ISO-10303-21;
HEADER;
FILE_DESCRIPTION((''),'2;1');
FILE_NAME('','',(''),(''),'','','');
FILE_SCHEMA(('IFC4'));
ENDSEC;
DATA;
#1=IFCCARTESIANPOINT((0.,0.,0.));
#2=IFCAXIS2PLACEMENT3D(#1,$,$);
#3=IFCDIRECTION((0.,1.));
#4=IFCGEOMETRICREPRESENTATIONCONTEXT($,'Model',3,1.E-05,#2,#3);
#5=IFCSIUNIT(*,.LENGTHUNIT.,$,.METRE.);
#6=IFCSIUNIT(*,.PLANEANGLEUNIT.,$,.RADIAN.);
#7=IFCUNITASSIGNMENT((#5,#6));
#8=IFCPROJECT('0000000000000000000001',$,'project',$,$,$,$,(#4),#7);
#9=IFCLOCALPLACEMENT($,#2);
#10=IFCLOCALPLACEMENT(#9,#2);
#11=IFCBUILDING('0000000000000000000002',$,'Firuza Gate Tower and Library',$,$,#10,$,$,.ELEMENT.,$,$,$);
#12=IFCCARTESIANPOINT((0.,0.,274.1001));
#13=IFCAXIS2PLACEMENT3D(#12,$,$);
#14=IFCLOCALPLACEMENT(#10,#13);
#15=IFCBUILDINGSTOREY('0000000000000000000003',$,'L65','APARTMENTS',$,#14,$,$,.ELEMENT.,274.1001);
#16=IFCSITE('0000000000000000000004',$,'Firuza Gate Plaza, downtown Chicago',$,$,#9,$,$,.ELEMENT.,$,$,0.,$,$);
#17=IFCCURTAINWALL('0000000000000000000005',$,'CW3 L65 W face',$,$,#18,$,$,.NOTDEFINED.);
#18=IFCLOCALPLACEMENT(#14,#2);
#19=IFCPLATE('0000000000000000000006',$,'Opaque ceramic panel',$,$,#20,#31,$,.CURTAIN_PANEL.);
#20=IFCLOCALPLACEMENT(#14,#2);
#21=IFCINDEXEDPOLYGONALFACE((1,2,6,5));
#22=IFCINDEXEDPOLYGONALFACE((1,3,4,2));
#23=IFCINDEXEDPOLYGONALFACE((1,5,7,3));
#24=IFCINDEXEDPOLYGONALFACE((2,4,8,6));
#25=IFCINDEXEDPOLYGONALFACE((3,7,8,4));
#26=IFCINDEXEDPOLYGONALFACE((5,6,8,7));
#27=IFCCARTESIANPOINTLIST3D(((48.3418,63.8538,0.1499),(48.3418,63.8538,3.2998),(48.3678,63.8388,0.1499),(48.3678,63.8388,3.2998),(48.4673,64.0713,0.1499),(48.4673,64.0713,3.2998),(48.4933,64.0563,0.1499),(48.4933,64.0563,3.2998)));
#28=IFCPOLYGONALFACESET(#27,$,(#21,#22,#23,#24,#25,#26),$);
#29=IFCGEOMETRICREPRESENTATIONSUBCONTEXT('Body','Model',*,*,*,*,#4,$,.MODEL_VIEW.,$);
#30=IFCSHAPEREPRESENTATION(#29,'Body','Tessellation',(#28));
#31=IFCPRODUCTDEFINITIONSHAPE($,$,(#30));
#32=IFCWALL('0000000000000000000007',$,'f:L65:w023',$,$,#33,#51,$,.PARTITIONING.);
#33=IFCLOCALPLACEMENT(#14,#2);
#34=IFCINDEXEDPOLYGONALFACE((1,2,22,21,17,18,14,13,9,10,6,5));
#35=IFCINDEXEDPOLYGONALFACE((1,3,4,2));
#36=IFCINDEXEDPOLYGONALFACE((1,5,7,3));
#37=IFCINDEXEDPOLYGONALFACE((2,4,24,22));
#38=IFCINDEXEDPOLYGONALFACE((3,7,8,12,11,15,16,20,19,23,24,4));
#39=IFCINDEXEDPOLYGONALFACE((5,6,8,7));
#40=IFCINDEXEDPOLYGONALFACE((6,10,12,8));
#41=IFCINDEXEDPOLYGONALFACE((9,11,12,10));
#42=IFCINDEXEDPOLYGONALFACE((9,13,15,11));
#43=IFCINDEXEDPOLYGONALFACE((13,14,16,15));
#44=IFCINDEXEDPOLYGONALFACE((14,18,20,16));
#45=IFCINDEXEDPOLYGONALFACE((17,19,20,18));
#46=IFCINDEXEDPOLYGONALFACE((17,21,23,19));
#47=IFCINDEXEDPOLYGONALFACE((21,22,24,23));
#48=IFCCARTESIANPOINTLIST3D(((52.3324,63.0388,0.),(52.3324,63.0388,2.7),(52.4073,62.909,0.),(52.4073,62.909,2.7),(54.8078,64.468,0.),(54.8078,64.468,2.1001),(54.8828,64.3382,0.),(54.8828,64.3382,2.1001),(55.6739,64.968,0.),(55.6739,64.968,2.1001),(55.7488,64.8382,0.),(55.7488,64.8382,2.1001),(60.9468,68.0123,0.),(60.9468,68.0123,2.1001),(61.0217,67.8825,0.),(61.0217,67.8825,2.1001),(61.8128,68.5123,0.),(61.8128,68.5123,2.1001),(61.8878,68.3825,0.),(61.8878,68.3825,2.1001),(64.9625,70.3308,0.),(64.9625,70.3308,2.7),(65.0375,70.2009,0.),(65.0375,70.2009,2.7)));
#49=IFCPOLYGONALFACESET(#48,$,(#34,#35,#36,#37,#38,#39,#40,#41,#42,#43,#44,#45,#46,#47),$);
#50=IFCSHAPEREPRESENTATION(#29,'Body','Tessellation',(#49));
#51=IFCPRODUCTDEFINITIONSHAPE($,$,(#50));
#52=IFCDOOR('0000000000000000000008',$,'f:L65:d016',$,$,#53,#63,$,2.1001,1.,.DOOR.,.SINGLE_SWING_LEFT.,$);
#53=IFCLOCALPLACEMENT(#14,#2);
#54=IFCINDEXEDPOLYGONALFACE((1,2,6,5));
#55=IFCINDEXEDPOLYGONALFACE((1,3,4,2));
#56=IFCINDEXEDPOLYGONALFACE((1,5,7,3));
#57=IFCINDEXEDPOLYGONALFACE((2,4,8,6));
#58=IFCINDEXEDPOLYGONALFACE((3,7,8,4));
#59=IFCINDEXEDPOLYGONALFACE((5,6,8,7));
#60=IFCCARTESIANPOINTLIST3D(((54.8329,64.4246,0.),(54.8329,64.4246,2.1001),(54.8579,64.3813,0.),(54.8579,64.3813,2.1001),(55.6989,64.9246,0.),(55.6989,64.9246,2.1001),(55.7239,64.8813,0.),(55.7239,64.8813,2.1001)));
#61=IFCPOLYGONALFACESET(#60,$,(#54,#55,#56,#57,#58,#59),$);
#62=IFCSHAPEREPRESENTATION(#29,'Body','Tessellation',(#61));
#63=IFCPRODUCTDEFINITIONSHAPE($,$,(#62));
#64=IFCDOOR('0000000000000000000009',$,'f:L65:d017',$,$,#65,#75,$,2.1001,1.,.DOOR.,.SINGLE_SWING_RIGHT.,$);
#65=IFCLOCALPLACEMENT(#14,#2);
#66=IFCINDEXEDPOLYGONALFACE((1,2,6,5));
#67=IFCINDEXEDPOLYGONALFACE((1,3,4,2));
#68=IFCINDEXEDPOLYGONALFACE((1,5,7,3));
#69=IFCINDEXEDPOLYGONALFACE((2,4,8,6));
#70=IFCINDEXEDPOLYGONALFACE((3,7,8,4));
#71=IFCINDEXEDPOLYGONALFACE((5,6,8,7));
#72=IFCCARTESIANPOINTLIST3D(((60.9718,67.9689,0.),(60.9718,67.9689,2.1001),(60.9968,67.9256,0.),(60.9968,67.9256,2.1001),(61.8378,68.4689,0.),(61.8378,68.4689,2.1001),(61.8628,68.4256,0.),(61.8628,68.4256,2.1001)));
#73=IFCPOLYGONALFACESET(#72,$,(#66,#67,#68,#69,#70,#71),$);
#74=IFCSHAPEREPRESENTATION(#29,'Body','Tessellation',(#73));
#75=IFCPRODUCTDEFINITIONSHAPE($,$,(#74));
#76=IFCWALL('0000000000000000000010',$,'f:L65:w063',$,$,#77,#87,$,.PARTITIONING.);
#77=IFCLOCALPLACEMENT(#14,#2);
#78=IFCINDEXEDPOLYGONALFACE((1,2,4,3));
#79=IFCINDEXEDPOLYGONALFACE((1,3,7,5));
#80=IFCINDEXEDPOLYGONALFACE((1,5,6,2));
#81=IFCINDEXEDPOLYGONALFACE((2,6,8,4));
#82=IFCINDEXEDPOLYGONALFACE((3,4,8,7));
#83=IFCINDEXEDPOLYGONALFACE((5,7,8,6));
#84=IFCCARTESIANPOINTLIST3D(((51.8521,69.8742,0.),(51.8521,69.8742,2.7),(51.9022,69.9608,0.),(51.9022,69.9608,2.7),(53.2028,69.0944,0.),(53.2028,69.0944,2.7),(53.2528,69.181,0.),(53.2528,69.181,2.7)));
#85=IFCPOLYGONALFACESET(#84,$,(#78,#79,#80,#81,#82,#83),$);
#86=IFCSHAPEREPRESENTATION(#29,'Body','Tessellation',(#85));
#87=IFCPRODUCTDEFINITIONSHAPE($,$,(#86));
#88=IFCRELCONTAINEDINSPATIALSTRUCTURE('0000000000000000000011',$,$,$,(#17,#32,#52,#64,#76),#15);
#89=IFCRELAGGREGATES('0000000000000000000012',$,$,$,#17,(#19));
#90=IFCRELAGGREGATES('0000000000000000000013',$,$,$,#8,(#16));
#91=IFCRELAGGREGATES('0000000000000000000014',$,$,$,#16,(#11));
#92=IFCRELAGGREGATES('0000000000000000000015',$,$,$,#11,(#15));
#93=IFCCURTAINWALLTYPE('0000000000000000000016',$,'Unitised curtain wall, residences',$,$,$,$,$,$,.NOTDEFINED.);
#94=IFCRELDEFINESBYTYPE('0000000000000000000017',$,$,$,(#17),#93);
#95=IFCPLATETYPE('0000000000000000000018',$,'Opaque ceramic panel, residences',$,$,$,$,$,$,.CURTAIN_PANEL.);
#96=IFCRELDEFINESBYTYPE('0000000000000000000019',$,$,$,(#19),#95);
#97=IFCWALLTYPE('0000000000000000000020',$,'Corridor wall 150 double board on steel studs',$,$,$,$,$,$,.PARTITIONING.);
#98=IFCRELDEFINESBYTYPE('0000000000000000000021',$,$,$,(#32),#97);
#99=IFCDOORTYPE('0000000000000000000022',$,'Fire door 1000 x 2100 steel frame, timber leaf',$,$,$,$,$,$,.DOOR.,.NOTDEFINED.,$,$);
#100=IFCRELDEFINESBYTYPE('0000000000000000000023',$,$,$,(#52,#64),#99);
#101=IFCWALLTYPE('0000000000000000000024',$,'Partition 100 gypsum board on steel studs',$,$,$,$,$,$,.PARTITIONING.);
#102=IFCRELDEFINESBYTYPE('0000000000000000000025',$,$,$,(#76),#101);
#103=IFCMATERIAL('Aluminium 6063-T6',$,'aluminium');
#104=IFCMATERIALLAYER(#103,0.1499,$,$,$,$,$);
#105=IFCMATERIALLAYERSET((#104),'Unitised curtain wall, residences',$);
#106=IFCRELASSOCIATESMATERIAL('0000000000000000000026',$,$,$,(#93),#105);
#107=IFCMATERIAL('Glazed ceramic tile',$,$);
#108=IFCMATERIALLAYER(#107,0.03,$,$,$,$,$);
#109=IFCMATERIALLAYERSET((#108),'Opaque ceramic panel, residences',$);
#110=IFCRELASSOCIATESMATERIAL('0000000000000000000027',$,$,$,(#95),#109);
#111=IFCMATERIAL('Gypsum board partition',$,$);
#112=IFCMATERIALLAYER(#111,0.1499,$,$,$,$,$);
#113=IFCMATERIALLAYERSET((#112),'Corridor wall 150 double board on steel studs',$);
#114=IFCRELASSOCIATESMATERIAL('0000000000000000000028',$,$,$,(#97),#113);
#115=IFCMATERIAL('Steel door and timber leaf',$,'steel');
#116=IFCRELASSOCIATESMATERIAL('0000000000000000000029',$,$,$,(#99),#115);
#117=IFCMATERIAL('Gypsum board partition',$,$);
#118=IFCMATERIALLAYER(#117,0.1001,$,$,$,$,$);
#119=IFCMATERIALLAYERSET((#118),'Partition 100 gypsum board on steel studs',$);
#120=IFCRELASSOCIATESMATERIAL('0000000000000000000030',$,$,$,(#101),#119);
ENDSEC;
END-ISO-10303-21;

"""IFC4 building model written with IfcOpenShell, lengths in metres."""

from ifc_helpers import new_model, si_unit, direction, frame, frame_2d, origin, place, context, subcontext, project, spatial, polyline, rectangle, outline, extrude, material, layer, layer_set, type_object, element, fill, aggregate, save


model = new_model("IFC4")

# Units and contexts
model_context = context("Model", 3, precision=1e-05, world=origin(), true_north=direction((0.0, 1.0)))
body_context = subcontext(model_context, "Body", "Model", "MODEL_VIEW")
ifc_project = project(units=[si_unit("LENGTHUNIT", "METRE"), si_unit("PLANEANGLEUNIT", "RADIAN")], contexts=[model_context])

# Site, building, storey
site_placement = place(None, origin())
site = spatial("IfcSite", under=ifc_project, at=site_placement, Name="Firuza Gate Plaza, downtown Chicago", CompositionType="ELEMENT", RefElevation=0.0)
building_placement = place(site_placement, origin())
building = spatial("IfcBuilding", under=site, at=building_placement, Name="Firuza Gate Tower and Library", CompositionType="ELEMENT")
storey_placement = place(building_placement, frame((0.0, 0.0, 274.1001)))
storey = spatial("IfcBuildingStorey", under=building, at=storey_placement, Name="L65", Description="APARTMENTS", CompositionType="ELEMENT", Elevation=274.1001)

# Curtain wall
ifc_material_1 = material(Name="Aluminium 6063-T6", Category="aluminium")
ifc_layer_1 = layer(ifc_material_1, 0.1499)
ifc_layer_set_1 = layer_set([ifc_layer_1], Name="Unitised curtain wall, residences")
curtain_wall_type_1 = type_object("IfcCurtainWallType", Name="Unitised curtain wall, residences", PredefinedType="NOTDEFINED", material=ifc_layer_set_1)
placement = place(storey_placement, origin())
curtain_wall_1 = element("IfcCurtainWall", 1, at=placement, inside=storey, type_object=curtain_wall_type_1, Name="CW3 L65 W face", PredefinedType="NOTDEFINED")

# Plate
ifc_material_2 = material(Name="Glazed ceramic tile")
ifc_layer_2 = layer(ifc_material_2, 0.03)
ifc_layer_set_2 = layer_set([ifc_layer_2], Name="Opaque ceramic panel, residences")
plate_type_1 = type_object("IfcPlateType", Name="Opaque ceramic panel, residences", PredefinedType="CURTAIN_PANEL", material=ifc_layer_set_2)
plate_1_placement = place(storey_placement, frame((48.4673, 64.0713, 0.1499), z_axis=(-0.866202, 0.499694, 0.0), x_axis=(-0.499694, -0.866202, 0.0)))
plate_1 = element("IfcPlate", 2, at=plate_1_placement, type_object=plate_type_1, Name="Opaque ceramic panel", PredefinedType="CURTAIN_PANEL", context=body_context, shape_type="SweptSolid", body=[
    extrude(outline(polyline([(0.0, 0.0), (0.2511, 0.0), (0.2511, 3.1499), (0.0, 3.1499), (0.0, 0.0)])), origin(), (0.0, 0.0, -1.0), 0.03),
])
aggregate(curtain_wall_1, [plate_1])

# Wall, openings, doors
ifc_material_3 = material(Name="Gypsum board partition")
ifc_layer_3 = layer(ifc_material_3, 0.1499)
ifc_layer_set_3 = layer_set([ifc_layer_3], Name="Corridor wall 150 double board on steel studs")
wall_type_1 = type_object("IfcWallType", Name="Corridor wall 150 double board on steel studs", PredefinedType="PARTITIONING", material=ifc_layer_set_3)
wall_1_placement = place(storey_placement, frame((52.3699, 62.9739, 0.0), z_axis=(0.0, 0.0, 1.0), x_axis=(0.866026, 0.499999, 0.0)))
wall_1 = element("IfcWall", 3, at=wall_1_placement, inside=storey, type_object=wall_type_1, Name="f:L65:w023", PredefinedType="PARTITIONING", context=body_context, shape_type="SweptSolid", body=[
    extrude(rectangle(XDim=14.584, YDim=0.1499, at=frame_2d((7.292, 0.0))), origin(), (0.0, 0.0, 1.0), 2.7),
])
opening_1_placement = place(wall_1_placement, frame((2.8584, 0.0, 0.0)))
opening_1 = element("IfcOpeningElement", 4, at=opening_1_placement, cuts=wall_1, PredefinedType="OPENING", context=body_context, shape_type="SweptSolid", body=[
    extrude(rectangle(XDim=1.0, YDim=2.1001, at=frame_2d((0.5, 1.05))), frame((0.0, 0.085, 0.0), z_axis=(0.0, -1.0, 0.0), x_axis=(1.0, 0.0, 0.0)), (0.0, 0.0, 1.0), 0.1699),
])
opening_2_placement = place(wall_1_placement, frame((9.947, 0.0, 0.0)))
opening_2 = element("IfcOpeningElement", 5, at=opening_2_placement, cuts=wall_1, PredefinedType="OPENING", context=body_context, shape_type="SweptSolid", body=[
    extrude(rectangle(XDim=1.0, YDim=2.1001, at=frame_2d((0.5, 1.05))), frame((0.0, 0.085, 0.0), z_axis=(0.0, -1.0, 0.0), x_axis=(1.0, 0.0, 0.0)), (0.0, 0.0, 1.0), 0.1699),
])
ifc_material_4 = material(Name="Steel door and timber leaf", Category="steel")
door_type = type_object("IfcDoorType", Name="Fire door 1000 x 2100 steel frame, timber leaf", OperationType="NOTDEFINED", PredefinedType="DOOR", material=ifc_material_4)
door_1_placement = place(opening_1_placement, origin())
door_1 = element("IfcDoor", 6, at=door_1_placement, inside=storey, type_object=door_type, Name="f:L65:d016", OperationType="SINGLE_SWING_LEFT", OverallHeight=2.1001, OverallWidth=1.0, PredefinedType="DOOR", context=body_context, shape_type="SweptSolid", body=[
    extrude(rectangle(XDim=1.0, YDim=2.1001, at=frame_2d((0.5, 1.05))), frame((0.0, 0.0249, 0.0), z_axis=(0.0, -1.0, 0.0), x_axis=(1.0, 0.0, 0.0)), (0.0, 0.0, 1.0), 0.05),
])
fill(opening_1, door_1)
door_2_placement = place(opening_2_placement, origin())
door_2 = element("IfcDoor", 7, at=door_2_placement, inside=storey, type_object=door_type, Name="f:L65:d017", OperationType="SINGLE_SWING_RIGHT", OverallHeight=2.1001, OverallWidth=1.0, PredefinedType="DOOR", context=body_context, shape_type="SweptSolid", body=[
    extrude(rectangle(XDim=1.0, YDim=2.1001, at=frame_2d((0.5, 1.05))), frame((0.0, 0.0249, 0.0), z_axis=(0.0, -1.0, 0.0), x_axis=(1.0, 0.0, 0.0)), (0.0, 0.0, 1.0), 0.05),
])
fill(opening_2, door_2)

# Wall
ifc_material_5 = material(Name="Gypsum board partition")
ifc_layer_4 = layer(ifc_material_5, 0.1001)
ifc_layer_set_4 = layer_set([ifc_layer_4], Name="Partition 100 gypsum board on steel studs")
wall_type_2 = type_object("IfcWallType", Name="Partition 100 gypsum board on steel studs", PredefinedType="PARTITIONING", material=ifc_layer_set_4)
wall_2_placement = place(storey_placement, frame((53.2278, 69.1377, 0.0), z_axis=(0.0, 0.0, 1.0), x_axis=(-0.866019, 0.500012, 0.0)))
element("IfcWall", 8, at=wall_2_placement, inside=storey, type_object=wall_type_2, Name="f:L65:w063", PredefinedType="PARTITIONING", context=body_context, shape_type="SweptSolid", body=[
    extrude(rectangle(XDim=1.5596, YDim=0.1001, at=frame_2d((0.7798, 0.0))), origin(), (0.0, 0.0, 1.0), 2.7),
])

save(model, "model.ifc")
